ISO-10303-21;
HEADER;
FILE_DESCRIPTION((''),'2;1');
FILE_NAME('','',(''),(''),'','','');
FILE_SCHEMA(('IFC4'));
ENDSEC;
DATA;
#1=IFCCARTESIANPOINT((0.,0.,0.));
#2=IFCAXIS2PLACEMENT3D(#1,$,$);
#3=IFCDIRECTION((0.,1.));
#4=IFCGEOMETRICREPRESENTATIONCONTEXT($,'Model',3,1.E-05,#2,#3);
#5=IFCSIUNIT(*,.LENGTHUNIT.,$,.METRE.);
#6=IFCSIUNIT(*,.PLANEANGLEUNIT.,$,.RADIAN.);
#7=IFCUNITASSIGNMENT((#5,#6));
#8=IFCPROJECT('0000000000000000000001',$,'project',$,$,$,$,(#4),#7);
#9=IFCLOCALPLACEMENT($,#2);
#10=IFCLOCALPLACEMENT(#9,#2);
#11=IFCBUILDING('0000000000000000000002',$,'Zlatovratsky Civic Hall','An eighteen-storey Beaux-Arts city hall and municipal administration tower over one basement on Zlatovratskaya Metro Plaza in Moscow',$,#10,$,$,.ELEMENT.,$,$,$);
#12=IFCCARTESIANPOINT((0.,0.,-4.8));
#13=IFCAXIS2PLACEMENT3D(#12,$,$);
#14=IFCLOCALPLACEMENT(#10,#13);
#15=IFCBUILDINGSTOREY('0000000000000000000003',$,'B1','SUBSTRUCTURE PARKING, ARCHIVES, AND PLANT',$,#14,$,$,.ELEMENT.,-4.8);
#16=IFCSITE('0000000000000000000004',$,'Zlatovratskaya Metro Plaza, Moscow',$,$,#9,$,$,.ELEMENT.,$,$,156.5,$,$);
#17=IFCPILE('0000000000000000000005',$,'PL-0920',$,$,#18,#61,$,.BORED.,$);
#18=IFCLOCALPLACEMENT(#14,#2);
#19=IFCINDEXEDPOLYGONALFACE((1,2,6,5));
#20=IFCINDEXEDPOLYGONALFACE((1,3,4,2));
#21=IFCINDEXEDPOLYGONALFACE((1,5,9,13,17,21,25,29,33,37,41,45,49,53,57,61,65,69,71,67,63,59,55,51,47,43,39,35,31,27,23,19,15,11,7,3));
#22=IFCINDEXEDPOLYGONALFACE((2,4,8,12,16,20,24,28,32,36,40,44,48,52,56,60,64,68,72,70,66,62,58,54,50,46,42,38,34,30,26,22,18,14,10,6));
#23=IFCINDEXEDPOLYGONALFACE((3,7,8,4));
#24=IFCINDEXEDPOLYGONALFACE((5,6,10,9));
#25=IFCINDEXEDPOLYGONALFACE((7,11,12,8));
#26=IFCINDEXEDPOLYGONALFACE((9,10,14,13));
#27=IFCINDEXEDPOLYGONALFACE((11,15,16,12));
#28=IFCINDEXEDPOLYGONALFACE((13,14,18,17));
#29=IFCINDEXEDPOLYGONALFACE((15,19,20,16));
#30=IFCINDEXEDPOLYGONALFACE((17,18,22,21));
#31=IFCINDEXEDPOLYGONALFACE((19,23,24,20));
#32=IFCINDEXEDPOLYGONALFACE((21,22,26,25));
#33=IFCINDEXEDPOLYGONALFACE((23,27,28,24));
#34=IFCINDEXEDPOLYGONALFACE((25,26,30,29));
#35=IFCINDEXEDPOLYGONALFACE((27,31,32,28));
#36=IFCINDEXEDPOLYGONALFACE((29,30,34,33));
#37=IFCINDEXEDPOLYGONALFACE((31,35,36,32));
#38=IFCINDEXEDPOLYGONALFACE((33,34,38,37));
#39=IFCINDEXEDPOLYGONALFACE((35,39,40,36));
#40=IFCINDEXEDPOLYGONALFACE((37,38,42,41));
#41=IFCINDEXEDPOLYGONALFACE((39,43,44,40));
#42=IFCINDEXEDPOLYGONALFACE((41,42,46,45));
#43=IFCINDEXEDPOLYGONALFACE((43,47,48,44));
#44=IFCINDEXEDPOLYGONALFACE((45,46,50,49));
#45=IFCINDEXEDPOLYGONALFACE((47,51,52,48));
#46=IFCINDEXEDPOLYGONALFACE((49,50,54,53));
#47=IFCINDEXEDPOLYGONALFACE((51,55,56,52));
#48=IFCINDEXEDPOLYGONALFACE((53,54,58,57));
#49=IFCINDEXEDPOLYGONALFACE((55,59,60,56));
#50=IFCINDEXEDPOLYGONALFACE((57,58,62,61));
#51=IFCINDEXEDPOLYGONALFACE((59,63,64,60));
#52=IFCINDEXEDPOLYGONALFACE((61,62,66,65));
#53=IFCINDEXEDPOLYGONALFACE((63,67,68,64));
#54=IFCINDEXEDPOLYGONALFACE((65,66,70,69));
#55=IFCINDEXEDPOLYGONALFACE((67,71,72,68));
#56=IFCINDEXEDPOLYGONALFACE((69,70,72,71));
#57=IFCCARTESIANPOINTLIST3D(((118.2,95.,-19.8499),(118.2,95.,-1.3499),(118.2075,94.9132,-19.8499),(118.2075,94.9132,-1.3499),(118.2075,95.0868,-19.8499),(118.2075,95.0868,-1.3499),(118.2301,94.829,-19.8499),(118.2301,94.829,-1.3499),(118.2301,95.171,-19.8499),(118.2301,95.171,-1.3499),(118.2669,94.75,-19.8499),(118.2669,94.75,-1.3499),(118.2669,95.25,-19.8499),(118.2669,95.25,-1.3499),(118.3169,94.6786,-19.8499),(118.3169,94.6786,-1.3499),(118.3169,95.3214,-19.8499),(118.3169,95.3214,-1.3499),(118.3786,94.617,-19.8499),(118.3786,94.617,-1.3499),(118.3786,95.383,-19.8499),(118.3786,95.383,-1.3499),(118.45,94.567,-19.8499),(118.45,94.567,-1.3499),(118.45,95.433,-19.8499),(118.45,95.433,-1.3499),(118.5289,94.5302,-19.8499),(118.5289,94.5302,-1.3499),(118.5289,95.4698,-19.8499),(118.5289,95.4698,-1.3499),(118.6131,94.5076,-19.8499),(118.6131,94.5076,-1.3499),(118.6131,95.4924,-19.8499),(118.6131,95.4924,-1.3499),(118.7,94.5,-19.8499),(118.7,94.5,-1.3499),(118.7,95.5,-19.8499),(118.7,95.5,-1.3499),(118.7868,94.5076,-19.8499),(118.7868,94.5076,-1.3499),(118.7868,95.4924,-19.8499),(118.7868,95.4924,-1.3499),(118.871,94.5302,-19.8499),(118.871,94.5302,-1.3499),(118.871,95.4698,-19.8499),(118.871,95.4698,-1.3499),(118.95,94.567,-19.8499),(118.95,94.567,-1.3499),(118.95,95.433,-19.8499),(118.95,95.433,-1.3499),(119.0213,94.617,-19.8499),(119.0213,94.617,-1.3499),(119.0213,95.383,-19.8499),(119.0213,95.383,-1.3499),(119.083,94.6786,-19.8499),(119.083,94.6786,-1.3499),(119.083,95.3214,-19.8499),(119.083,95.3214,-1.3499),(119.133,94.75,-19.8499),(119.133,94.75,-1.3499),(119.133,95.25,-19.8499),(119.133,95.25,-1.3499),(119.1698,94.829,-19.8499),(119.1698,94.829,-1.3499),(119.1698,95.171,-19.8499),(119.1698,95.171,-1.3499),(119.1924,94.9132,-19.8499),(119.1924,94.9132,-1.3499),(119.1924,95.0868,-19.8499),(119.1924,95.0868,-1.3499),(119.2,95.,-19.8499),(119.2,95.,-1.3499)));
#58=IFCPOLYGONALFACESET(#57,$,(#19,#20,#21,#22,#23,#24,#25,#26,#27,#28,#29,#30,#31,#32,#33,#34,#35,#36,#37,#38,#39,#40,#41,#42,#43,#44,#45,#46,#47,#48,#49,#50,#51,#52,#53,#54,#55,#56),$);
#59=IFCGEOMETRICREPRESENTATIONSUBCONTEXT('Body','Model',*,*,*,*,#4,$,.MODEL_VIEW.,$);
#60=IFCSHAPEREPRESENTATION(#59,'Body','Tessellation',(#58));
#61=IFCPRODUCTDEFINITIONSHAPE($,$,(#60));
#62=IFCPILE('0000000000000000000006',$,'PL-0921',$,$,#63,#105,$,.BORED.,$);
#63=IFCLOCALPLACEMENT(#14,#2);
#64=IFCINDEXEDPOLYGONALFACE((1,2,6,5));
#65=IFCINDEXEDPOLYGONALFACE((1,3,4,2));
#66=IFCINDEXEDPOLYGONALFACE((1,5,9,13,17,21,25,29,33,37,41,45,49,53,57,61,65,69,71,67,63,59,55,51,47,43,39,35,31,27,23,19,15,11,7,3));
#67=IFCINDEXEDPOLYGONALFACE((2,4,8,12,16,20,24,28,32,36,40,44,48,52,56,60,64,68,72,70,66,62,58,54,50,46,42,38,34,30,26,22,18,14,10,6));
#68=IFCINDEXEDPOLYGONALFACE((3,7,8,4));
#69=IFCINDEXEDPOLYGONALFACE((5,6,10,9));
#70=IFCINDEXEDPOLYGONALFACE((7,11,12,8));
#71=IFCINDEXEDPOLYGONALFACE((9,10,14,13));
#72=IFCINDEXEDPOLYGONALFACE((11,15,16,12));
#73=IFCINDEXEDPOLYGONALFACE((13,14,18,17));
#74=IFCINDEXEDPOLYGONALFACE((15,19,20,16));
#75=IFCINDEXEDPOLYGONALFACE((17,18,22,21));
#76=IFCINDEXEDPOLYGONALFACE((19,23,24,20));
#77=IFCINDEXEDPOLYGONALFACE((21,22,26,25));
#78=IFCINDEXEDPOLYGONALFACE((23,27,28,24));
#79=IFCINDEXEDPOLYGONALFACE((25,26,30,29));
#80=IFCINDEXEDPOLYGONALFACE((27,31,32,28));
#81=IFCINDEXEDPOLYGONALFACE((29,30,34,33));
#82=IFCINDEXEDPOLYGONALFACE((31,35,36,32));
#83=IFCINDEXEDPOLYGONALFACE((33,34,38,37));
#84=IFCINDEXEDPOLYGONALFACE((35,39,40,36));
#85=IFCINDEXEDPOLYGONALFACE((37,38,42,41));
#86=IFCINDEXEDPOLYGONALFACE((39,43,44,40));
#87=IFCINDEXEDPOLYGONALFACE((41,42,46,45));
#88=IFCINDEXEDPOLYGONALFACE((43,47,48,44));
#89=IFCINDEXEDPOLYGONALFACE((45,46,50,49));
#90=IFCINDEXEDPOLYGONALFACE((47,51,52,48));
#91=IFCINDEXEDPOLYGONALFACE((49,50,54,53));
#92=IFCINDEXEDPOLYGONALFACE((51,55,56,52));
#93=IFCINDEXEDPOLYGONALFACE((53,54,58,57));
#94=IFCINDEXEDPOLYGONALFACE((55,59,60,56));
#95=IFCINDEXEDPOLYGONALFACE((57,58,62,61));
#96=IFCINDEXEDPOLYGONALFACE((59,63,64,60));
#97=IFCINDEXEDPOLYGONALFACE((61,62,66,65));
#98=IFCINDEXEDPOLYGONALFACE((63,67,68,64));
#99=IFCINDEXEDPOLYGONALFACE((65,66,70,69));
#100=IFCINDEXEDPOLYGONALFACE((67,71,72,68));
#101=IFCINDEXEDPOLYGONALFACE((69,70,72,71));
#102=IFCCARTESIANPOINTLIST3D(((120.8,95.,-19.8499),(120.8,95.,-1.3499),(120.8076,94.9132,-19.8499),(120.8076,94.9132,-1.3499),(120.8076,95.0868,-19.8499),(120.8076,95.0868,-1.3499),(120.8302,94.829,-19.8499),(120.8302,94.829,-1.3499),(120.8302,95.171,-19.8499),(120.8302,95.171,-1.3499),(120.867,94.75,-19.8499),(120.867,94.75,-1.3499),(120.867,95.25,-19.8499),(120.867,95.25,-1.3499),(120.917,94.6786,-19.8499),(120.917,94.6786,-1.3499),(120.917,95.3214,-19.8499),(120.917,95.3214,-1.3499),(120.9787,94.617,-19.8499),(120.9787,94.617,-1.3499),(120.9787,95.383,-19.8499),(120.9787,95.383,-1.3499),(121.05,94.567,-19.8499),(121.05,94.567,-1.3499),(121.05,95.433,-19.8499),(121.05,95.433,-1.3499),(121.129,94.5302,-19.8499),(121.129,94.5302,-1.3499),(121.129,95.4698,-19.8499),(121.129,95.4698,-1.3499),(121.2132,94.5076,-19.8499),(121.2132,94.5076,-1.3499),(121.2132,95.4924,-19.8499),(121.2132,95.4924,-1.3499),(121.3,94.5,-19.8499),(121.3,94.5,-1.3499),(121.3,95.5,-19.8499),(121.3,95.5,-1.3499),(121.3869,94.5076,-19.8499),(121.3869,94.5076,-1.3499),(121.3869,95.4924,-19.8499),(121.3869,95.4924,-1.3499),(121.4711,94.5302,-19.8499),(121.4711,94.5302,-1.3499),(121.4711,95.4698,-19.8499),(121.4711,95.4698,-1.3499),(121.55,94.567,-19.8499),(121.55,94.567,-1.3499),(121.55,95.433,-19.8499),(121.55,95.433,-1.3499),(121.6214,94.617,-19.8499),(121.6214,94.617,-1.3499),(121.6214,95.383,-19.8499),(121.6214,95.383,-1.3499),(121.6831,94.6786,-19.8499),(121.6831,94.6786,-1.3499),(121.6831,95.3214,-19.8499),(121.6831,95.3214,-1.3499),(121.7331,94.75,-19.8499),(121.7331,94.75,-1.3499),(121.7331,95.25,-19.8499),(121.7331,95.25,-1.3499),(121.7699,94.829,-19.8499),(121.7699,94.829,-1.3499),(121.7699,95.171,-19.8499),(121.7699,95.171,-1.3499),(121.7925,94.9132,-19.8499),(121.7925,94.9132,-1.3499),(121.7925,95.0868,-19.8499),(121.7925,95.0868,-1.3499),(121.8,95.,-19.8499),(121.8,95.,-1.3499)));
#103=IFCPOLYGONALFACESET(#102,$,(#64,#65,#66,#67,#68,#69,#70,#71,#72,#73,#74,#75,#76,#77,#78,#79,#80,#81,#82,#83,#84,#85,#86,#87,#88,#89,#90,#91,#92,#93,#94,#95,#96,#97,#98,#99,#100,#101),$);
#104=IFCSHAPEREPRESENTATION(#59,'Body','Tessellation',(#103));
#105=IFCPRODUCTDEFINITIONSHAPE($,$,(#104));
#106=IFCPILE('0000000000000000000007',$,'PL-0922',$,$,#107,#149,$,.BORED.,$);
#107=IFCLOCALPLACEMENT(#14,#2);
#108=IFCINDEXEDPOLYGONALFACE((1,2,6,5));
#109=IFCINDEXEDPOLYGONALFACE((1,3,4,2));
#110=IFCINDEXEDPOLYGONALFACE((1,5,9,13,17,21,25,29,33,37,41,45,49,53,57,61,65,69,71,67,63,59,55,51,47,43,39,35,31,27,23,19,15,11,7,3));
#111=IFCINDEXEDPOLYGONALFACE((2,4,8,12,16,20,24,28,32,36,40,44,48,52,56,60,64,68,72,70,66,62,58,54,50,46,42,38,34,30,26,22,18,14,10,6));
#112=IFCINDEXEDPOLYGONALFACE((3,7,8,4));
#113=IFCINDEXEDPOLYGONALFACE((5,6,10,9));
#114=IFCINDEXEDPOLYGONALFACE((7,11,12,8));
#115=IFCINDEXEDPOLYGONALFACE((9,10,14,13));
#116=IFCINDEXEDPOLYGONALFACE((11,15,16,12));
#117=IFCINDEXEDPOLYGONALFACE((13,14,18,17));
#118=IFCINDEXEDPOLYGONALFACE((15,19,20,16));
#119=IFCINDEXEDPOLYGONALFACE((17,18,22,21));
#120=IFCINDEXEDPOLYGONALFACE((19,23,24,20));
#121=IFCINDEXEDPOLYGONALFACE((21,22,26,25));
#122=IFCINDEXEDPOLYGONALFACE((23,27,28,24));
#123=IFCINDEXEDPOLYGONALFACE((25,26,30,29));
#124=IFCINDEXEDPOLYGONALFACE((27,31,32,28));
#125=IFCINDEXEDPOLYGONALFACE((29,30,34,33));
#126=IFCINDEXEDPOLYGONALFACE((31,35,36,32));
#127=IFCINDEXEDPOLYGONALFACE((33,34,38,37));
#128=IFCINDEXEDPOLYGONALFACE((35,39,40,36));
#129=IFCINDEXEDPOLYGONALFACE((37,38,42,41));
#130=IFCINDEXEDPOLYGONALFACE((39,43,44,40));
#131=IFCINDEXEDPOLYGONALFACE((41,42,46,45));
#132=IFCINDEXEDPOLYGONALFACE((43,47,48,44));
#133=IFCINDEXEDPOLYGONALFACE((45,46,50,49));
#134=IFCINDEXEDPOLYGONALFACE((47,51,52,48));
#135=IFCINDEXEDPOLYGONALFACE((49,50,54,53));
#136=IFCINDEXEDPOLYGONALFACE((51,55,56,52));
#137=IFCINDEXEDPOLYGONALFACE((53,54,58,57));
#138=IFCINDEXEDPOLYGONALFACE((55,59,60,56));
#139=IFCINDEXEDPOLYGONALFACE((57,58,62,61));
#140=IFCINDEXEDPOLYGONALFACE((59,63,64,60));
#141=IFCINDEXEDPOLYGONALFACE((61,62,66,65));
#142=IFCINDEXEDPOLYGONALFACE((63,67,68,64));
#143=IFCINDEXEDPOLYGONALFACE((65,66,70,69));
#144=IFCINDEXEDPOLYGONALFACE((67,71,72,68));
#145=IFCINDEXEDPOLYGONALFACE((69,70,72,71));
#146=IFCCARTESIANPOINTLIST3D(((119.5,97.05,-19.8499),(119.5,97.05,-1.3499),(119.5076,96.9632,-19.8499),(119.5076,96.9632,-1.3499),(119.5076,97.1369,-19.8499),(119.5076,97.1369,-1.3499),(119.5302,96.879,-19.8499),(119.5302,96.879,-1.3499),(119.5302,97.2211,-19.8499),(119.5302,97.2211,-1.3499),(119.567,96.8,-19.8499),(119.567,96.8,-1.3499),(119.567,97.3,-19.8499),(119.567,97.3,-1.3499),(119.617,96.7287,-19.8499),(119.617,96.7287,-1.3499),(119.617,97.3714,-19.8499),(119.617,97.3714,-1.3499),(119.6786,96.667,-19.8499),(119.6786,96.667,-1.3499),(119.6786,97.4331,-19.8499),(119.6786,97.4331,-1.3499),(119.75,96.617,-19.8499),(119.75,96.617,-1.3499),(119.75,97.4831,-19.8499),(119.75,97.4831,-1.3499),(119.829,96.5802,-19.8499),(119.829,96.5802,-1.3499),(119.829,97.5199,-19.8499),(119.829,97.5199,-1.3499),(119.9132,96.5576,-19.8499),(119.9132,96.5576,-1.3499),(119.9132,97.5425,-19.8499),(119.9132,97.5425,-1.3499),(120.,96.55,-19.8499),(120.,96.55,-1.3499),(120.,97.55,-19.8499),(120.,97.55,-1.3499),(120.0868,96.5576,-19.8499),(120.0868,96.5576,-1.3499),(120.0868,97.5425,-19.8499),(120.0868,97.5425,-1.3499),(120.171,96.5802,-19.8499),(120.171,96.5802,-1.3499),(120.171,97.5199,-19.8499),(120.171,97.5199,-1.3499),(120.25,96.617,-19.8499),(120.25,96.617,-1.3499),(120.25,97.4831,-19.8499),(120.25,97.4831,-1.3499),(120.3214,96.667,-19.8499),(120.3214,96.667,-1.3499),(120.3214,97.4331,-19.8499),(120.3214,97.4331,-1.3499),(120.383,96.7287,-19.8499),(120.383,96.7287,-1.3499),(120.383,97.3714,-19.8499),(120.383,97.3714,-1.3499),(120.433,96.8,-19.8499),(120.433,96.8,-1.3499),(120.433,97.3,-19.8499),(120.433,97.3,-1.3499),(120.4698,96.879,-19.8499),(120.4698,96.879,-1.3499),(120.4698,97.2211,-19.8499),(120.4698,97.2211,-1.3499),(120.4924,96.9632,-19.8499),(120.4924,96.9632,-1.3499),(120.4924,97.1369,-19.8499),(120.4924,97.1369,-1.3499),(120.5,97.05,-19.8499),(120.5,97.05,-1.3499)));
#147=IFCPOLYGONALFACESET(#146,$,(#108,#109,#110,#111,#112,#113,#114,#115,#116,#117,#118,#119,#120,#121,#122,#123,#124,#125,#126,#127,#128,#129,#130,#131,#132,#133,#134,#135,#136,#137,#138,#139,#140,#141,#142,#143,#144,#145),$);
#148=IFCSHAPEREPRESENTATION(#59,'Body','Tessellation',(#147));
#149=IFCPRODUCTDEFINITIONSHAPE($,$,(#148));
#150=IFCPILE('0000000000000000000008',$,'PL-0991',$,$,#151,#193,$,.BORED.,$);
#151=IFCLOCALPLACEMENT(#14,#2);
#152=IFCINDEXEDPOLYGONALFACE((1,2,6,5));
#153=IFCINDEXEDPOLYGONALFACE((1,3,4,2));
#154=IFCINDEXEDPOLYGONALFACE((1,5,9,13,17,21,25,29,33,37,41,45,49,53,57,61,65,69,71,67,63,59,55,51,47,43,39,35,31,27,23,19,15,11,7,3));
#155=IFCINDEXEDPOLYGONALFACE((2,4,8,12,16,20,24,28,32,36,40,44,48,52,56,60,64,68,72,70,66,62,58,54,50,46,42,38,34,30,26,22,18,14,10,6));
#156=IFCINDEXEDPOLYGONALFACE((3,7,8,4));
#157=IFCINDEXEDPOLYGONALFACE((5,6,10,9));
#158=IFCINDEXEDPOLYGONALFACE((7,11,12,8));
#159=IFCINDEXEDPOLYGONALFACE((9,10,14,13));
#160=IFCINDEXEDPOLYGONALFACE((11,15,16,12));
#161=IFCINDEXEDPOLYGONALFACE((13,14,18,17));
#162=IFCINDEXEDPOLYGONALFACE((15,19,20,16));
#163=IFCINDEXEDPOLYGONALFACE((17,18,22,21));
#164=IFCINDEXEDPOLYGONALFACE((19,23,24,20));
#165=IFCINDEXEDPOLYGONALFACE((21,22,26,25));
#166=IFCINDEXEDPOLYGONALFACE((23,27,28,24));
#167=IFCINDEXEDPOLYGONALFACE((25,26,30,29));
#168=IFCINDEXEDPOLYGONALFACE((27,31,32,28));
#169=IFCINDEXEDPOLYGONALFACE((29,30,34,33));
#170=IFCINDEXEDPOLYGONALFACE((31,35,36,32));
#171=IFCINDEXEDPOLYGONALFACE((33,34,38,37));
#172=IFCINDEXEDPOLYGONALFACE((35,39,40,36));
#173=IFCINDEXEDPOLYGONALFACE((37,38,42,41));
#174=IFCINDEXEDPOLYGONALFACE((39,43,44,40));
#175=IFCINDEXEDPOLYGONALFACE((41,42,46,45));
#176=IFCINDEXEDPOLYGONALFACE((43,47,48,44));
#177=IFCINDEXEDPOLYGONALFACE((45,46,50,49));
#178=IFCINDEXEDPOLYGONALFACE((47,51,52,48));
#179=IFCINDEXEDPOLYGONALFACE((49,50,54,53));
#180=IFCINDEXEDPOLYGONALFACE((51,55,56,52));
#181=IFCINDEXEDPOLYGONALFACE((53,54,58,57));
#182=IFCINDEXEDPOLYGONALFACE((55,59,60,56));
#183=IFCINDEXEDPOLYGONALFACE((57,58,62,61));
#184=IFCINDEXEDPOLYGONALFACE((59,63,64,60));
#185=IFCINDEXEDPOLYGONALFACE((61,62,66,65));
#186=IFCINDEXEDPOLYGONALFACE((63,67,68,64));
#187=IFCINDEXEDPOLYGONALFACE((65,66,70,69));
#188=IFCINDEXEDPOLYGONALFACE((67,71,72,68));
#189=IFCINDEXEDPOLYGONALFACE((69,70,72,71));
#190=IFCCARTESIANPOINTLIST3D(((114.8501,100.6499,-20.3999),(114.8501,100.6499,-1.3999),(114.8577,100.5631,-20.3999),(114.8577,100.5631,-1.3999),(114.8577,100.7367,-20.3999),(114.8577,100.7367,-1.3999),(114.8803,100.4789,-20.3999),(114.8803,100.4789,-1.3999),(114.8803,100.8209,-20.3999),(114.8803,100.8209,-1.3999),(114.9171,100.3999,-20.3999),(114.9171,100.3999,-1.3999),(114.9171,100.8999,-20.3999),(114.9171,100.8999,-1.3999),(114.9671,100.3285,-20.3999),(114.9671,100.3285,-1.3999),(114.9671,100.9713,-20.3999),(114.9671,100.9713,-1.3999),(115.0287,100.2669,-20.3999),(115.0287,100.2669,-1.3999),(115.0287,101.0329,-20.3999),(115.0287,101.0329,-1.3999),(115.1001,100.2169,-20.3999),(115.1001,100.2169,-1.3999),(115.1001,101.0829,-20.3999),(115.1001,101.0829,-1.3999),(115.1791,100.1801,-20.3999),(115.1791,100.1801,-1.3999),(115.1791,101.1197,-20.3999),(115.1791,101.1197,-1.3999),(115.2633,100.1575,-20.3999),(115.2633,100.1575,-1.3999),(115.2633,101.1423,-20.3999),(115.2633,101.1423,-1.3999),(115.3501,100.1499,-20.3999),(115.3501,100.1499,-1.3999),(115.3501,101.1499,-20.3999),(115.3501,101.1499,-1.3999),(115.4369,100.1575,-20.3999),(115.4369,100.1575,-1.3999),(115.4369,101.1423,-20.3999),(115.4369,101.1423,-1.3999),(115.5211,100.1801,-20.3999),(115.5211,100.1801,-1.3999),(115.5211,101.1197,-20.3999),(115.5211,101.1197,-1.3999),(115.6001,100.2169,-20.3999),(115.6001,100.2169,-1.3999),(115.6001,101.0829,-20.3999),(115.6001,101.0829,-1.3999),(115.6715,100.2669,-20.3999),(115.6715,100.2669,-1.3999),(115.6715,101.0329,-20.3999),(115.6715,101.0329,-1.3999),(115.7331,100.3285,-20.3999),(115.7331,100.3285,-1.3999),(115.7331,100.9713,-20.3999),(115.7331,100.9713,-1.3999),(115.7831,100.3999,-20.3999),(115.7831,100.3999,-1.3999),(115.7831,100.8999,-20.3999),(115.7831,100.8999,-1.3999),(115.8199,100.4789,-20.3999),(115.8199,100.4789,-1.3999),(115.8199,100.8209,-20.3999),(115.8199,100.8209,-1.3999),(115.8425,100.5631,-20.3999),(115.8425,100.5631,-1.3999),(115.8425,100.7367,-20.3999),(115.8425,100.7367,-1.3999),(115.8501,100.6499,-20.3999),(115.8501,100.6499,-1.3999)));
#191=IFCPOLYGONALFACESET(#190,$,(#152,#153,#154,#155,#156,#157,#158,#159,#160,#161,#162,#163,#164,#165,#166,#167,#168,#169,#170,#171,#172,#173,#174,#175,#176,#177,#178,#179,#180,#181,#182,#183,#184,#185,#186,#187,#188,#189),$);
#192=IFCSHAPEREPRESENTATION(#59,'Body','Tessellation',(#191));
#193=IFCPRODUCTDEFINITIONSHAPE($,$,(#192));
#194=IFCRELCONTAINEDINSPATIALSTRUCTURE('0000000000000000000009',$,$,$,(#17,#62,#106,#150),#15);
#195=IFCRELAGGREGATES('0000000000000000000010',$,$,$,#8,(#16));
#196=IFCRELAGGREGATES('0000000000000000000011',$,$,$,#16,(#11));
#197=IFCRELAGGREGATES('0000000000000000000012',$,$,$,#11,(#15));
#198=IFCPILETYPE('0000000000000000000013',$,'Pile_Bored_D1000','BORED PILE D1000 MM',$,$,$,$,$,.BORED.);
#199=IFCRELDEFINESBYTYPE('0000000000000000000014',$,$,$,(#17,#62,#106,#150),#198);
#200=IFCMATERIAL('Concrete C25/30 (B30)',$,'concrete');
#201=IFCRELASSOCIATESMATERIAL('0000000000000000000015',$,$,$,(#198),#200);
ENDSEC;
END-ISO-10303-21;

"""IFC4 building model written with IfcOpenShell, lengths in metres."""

from ifc_helpers import new_model, si_unit, direction, frame, origin, origin_2d, place, context, subcontext, project, spatial, circle, extrude, material, material_profile, profile_set, type_object, element, save


model = new_model("IFC4")

# Units and contexts
model_context = context("Model", 3, precision=1e-05, world=origin(), true_north=direction((0.0, 1.0)))
body_context = subcontext(model_context, "Body", "Model", "MODEL_VIEW")
ifc_project = project(units=[si_unit("LENGTHUNIT", "METRE"), si_unit("PLANEANGLEUNIT", "RADIAN")], contexts=[model_context])

# Site, building, storey
site_placement = place(None, origin())
site = spatial("IfcSite", under=ifc_project, at=site_placement, Name="Zlatovratskaya Metro Plaza, Moscow", CompositionType="ELEMENT", RefElevation=156.5)
building_placement = place(site_placement, origin())
building = spatial("IfcBuilding", under=site, at=building_placement, Name="Zlatovratsky Civic Hall", Description="An eighteen-storey Beaux-Arts city hall and municipal administration tower over one basement on Zlatovratskaya Metro Plaza in Moscow", CompositionType="ELEMENT")
storey_placement = place(building_placement, frame((0.0, 0.0, -4.8)))
storey = spatial("IfcBuildingStorey", under=building, at=storey_placement, Name="B1", Description="SUBSTRUCTURE PARKING, ARCHIVES, AND PLANT", CompositionType="ELEMENT", Elevation=-4.8)

# Shared definitions
ifc_material_1 = material(Name="Concrete C25/30 (B30)", Category="concrete")

# Piles
ifc_material_profile_1 = material_profile(ifc_material_1, circle(Radius=0.5, at=origin_2d()), Name="PILE D1000")
ifc_profile_set_1 = profile_set([ifc_material_profile_1], Name="Concrete C25/30 (B30)")
pile_type_1 = type_object("IfcPileType", Name="Pile_Bored_D1000", Description="BORED PILE D1000 MM", PredefinedType="BORED", material=ifc_profile_set_1)
for number, where, z_axis, x_axis, name in (
    (1, (118.7, 95.0, -1.3499), (0.0, 0.0, -1.0), (1.0, 0.0, 0.0), "PL-0920"),
    (2, (121.3, 95.0, -1.3499), (0.0, 0.0, -1.0), (1.0, 0.0, 0.0), "PL-0921"),
    (3, (120.0, 97.05, -1.3499), (0.0, 0.0, -1.0), (1.0, 0.0, 0.0), "PL-0922"),
):
    element("IfcPile", number, at=place(storey_placement, frame(where, z_axis=z_axis, x_axis=x_axis)), inside=storey, type_object=pile_type_1, Name=name, PredefinedType="BORED", context=body_context, shape_type="SweptSolid", body=[
        extrude(circle(Radius=0.5, at=origin_2d()), origin(), (0.0, 0.0, 1.0), 18.5),
    ])
pile_1_placement = place(storey_placement, frame((115.3501, 100.6499, -1.3999), z_axis=(0.0, 0.0, -1.0), x_axis=(1.0, 0.0, 0.0)))
element("IfcPile", 4, at=pile_1_placement, inside=storey, type_object=pile_type_1, Name="PL-0991", PredefinedType="BORED", context=body_context, shape_type="SweptSolid", body=[
    extrude(circle(Radius=0.5, at=origin_2d()), origin(), (0.0, 0.0, 1.0), 19.0),
])

save(model, "model.ifc")
